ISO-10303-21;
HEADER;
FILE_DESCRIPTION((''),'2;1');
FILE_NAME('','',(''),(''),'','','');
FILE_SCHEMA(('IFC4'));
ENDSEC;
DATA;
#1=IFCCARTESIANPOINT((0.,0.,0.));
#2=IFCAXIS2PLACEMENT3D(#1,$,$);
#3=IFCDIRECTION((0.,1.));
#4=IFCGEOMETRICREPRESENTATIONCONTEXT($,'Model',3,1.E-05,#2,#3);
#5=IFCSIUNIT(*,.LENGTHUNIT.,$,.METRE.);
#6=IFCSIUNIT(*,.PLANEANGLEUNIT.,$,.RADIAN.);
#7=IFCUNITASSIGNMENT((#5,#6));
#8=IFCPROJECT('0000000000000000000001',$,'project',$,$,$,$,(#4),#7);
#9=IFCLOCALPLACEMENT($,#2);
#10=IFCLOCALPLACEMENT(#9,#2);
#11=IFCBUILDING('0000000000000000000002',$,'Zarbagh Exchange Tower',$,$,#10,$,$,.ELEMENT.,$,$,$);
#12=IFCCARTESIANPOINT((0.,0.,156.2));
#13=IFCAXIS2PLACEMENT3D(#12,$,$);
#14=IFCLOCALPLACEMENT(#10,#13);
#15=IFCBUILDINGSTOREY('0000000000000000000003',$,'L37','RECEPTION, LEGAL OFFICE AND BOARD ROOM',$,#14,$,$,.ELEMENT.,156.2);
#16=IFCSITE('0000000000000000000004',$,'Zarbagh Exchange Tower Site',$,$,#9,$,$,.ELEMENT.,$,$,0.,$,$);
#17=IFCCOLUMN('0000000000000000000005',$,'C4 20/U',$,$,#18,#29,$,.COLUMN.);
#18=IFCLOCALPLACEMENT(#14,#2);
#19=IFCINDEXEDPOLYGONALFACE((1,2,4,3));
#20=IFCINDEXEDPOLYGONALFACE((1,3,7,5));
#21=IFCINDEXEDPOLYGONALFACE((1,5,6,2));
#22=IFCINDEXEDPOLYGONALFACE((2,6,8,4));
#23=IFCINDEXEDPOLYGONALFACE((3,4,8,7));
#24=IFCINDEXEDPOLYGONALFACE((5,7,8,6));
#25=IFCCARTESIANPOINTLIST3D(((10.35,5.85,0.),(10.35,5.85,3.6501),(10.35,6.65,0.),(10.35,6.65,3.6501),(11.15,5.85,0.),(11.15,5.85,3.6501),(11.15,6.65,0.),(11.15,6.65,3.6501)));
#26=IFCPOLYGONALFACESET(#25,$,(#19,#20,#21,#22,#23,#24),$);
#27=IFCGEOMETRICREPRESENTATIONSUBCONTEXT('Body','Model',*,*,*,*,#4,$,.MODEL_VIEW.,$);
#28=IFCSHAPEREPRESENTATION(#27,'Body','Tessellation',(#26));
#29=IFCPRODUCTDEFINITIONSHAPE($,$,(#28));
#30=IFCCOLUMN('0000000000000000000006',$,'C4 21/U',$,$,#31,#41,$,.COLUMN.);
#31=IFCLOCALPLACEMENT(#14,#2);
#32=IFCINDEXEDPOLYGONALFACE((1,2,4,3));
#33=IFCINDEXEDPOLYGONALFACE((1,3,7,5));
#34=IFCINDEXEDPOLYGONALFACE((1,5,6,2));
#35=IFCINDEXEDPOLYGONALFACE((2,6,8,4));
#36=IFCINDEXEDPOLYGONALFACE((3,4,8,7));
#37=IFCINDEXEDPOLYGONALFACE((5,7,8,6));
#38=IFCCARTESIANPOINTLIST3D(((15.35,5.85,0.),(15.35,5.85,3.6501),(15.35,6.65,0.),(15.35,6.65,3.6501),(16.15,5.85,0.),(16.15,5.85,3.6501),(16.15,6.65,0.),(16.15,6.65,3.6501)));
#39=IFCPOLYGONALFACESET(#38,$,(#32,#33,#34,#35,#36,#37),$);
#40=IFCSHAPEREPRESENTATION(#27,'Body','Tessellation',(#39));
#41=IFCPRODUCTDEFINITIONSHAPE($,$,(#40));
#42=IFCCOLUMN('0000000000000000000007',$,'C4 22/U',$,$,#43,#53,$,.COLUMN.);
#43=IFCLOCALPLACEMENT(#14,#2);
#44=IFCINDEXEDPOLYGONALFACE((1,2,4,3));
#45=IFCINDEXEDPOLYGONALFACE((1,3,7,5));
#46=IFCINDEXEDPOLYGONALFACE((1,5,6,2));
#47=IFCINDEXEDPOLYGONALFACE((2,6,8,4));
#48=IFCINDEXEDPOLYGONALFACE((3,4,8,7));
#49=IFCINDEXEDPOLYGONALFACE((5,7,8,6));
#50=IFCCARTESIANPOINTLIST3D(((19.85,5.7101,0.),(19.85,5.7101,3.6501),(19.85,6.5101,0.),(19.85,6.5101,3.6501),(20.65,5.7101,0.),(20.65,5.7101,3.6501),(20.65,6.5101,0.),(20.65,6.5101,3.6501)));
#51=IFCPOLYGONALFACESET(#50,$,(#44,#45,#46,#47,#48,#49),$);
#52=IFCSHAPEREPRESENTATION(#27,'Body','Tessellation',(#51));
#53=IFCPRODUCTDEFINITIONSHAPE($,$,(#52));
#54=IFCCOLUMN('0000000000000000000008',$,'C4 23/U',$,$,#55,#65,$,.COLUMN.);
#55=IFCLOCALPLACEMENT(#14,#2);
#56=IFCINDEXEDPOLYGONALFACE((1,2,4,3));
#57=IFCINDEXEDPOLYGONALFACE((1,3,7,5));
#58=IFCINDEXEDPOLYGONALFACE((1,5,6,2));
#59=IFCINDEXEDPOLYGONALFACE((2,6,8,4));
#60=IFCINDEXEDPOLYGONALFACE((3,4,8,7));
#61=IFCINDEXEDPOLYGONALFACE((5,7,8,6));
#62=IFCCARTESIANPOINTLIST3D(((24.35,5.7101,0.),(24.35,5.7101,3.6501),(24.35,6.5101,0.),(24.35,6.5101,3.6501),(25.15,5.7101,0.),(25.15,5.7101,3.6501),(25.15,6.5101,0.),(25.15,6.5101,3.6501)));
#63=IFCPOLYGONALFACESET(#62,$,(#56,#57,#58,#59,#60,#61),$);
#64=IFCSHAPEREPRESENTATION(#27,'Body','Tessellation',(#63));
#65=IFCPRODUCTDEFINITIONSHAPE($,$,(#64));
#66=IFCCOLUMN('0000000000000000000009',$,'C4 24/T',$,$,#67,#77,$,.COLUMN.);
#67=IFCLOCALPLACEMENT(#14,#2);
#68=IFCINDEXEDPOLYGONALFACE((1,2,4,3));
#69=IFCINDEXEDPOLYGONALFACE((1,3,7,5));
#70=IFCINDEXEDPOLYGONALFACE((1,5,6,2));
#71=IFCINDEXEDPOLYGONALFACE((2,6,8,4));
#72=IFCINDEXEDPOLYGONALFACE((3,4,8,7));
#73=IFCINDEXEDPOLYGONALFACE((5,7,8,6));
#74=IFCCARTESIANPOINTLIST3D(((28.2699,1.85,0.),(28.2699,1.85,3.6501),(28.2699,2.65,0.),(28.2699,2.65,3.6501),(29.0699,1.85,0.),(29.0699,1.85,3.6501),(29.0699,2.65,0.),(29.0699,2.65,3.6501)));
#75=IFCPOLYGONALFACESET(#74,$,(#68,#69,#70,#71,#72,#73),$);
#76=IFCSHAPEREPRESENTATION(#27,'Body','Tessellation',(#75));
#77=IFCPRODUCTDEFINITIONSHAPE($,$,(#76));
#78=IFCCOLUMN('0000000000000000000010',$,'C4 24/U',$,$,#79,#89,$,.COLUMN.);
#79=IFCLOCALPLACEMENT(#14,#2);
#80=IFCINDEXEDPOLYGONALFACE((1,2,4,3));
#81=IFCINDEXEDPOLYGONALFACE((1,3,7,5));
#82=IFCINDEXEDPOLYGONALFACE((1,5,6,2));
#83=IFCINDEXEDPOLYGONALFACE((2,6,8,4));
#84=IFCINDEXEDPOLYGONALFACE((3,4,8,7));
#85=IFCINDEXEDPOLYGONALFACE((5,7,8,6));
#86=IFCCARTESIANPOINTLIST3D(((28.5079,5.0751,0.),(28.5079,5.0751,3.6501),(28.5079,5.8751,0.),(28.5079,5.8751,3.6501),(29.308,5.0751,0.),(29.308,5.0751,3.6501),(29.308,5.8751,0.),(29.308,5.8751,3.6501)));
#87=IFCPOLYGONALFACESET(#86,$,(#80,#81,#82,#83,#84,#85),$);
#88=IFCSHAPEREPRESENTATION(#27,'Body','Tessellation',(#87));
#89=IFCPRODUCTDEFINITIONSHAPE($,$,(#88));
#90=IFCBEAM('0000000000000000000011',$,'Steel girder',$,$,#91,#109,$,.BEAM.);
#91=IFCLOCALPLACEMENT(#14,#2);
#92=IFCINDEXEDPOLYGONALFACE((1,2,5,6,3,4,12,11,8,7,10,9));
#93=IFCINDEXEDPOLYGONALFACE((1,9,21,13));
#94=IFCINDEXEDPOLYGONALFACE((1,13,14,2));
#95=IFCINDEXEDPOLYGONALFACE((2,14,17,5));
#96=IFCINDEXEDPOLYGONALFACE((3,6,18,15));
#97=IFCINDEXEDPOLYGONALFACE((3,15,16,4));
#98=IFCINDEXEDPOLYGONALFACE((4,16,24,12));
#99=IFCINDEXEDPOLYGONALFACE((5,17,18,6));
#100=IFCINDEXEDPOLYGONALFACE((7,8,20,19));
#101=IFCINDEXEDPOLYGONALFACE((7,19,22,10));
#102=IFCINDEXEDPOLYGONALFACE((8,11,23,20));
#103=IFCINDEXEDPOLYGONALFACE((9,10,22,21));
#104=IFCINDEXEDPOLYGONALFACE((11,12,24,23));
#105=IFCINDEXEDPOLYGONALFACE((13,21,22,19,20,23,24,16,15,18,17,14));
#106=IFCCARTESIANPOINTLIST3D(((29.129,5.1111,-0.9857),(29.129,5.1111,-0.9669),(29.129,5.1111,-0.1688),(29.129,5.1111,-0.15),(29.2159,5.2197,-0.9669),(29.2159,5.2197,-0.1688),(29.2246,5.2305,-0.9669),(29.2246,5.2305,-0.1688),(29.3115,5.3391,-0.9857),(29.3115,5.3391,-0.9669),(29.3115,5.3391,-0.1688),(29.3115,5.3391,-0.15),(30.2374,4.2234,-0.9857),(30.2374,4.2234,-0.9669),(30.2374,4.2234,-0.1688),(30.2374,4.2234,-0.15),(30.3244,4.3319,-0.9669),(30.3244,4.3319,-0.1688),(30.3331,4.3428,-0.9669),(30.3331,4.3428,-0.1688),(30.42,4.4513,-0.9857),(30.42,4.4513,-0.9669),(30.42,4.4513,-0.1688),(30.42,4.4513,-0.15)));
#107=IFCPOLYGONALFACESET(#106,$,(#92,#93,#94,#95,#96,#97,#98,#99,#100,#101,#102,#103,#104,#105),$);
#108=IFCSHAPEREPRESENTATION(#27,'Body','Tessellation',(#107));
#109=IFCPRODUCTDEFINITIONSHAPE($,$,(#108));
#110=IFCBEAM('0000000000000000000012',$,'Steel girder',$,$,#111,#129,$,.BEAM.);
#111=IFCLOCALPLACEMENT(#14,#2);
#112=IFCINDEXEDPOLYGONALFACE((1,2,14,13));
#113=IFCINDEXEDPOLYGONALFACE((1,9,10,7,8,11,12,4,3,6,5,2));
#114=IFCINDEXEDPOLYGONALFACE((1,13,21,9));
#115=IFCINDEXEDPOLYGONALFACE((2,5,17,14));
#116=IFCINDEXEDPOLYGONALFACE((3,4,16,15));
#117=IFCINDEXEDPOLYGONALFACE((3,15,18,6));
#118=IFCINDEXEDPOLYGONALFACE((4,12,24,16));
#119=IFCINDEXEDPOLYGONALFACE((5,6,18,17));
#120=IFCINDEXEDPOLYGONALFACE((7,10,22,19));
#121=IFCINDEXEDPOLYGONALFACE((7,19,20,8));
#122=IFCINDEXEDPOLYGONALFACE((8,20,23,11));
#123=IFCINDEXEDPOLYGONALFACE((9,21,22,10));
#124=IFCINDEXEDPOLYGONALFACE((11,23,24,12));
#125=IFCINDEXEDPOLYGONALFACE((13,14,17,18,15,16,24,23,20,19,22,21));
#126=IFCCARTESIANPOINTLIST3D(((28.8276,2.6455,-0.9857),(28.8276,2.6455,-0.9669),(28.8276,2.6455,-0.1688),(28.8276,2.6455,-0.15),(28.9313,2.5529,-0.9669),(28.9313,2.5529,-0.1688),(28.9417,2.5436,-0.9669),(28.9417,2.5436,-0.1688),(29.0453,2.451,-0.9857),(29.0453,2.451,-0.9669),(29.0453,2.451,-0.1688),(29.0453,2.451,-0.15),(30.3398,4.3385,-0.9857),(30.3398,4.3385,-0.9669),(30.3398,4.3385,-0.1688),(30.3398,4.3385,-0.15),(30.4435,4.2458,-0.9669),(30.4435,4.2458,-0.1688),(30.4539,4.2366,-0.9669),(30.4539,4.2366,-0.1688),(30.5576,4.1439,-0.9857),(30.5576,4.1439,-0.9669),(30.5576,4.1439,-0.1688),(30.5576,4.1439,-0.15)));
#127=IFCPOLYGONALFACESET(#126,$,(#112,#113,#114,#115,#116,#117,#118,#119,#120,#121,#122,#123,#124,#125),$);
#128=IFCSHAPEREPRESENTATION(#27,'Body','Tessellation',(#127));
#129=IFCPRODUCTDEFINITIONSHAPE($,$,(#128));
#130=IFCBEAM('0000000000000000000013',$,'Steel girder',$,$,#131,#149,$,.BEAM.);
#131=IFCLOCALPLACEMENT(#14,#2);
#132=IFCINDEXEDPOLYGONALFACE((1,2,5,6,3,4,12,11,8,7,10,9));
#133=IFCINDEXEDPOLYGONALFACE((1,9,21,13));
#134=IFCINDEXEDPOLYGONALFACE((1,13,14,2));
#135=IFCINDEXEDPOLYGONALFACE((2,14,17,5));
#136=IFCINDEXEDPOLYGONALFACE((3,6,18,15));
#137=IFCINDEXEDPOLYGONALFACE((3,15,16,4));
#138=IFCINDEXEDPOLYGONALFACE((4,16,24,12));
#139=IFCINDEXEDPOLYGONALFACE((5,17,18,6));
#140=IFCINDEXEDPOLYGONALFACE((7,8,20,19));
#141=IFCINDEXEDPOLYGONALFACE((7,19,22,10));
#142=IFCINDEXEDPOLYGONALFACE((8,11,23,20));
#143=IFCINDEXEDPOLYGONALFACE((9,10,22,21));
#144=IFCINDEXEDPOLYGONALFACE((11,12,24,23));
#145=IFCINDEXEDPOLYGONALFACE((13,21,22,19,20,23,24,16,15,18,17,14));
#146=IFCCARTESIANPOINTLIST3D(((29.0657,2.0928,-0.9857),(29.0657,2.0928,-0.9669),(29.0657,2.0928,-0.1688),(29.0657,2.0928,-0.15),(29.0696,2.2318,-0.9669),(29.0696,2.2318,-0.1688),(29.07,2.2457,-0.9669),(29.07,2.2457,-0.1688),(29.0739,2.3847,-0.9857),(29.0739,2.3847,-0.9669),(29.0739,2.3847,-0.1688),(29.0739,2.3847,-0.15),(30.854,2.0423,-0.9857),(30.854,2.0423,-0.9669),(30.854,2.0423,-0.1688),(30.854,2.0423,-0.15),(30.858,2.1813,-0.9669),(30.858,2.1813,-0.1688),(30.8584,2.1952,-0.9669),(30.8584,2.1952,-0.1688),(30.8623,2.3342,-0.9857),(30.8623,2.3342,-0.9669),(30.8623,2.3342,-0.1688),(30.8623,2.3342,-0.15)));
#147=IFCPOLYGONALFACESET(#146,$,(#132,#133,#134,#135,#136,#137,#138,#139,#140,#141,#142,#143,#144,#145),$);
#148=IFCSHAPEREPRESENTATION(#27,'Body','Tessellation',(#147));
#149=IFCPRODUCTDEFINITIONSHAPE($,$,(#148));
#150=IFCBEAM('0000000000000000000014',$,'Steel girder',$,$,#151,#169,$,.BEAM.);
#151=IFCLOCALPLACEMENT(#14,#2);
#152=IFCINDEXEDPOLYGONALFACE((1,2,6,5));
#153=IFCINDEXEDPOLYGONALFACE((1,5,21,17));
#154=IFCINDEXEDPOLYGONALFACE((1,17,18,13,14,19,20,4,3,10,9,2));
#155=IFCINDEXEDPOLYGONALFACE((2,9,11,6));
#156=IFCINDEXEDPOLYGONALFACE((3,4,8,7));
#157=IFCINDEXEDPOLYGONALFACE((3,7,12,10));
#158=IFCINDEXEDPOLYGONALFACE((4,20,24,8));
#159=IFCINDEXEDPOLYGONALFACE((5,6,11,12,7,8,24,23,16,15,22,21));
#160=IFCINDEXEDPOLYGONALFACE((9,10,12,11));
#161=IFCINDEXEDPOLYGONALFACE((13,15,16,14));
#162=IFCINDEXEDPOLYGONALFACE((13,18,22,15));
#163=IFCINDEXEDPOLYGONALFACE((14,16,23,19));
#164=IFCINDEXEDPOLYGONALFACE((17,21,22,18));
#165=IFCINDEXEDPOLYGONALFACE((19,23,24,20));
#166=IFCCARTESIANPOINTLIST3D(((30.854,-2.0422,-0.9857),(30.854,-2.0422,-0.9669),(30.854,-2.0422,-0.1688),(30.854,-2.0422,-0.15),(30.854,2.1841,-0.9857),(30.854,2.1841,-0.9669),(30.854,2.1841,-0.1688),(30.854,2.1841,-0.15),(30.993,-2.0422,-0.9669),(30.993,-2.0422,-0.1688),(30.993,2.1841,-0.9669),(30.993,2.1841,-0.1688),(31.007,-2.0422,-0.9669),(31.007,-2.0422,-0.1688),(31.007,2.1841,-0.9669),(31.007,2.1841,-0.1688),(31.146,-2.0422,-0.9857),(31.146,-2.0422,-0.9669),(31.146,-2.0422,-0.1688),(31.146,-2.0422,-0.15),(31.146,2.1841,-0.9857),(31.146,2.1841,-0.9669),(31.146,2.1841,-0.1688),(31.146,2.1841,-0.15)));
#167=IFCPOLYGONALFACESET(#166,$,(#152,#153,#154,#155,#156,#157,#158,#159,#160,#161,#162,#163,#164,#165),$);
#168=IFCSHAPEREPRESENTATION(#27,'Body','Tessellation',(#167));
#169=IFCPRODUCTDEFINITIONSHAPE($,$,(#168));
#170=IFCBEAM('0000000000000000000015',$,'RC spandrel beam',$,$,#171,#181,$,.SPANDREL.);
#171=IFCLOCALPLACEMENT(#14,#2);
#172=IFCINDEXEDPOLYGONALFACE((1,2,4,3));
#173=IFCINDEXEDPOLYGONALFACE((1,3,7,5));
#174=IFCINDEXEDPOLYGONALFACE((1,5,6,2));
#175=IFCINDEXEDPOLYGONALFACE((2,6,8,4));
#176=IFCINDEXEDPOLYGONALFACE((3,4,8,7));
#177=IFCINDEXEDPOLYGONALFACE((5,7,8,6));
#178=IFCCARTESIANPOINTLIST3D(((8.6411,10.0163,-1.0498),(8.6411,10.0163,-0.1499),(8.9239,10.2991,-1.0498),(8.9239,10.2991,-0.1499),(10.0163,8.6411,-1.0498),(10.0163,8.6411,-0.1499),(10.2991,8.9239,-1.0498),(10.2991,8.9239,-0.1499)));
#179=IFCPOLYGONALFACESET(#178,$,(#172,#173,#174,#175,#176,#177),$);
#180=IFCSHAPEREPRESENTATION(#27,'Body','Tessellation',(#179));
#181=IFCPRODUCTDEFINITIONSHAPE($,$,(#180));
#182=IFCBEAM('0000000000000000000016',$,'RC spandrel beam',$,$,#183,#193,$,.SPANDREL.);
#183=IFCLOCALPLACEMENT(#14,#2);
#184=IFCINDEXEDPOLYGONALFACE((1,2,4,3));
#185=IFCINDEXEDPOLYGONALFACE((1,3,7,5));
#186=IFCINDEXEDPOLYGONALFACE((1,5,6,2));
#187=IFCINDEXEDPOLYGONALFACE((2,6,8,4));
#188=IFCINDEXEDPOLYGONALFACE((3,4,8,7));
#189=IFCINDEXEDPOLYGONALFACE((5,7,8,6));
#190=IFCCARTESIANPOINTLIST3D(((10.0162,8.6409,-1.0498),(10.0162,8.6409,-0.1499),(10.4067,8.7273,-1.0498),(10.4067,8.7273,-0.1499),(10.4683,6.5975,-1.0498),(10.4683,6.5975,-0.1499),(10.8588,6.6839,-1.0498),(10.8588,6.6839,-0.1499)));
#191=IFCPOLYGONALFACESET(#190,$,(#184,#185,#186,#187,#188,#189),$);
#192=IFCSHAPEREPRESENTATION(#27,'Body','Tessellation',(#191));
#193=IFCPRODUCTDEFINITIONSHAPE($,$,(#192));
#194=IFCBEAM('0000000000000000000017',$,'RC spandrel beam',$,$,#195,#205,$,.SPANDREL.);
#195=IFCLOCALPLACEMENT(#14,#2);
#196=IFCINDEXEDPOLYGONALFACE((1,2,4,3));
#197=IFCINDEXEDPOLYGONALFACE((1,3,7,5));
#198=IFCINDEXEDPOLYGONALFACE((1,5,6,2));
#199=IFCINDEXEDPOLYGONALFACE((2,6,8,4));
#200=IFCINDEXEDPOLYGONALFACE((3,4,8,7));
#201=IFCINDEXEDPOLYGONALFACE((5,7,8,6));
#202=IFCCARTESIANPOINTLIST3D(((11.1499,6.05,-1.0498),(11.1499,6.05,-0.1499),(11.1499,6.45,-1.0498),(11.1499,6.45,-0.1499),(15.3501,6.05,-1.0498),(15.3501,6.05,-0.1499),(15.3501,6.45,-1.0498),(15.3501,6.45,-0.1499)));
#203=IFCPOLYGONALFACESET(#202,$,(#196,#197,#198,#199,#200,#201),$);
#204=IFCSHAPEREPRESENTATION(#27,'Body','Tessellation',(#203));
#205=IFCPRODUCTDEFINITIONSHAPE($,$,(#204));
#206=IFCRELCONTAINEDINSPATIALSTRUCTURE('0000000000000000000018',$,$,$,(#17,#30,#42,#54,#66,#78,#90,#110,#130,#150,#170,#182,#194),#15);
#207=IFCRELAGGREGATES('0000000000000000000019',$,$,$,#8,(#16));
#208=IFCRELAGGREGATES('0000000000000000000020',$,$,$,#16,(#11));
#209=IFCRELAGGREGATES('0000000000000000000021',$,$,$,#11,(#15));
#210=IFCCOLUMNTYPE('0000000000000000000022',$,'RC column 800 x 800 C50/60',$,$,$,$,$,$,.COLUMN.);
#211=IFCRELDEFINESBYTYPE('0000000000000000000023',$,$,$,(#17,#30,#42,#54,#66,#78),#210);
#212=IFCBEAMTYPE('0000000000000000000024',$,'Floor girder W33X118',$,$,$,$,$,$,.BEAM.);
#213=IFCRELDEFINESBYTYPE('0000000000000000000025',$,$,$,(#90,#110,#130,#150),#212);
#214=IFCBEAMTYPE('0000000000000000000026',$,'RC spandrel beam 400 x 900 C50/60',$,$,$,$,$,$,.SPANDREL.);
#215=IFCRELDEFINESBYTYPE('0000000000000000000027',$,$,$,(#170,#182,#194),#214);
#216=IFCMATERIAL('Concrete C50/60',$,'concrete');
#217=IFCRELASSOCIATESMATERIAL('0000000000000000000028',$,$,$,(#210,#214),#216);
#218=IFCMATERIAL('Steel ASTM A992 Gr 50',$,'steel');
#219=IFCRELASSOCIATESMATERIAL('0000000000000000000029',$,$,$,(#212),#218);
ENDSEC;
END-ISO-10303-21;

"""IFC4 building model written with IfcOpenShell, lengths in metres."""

from ifc_helpers import new_model, si_unit, direction, frame, origin, origin_2d, place, context, subcontext, project, spatial, rectangle, i_section, extrude, material, material_profile, profile_set, type_object, element, save


model = new_model("IFC4")

# Units and contexts
model_context = context("Model", 3, precision=1e-05, world=origin(), true_north=direction((0.0, 1.0)))
body_context = subcontext(model_context, "Body", "Model", "MODEL_VIEW")
ifc_project = project(units=[si_unit("LENGTHUNIT", "METRE"), si_unit("PLANEANGLEUNIT", "RADIAN")], contexts=[model_context])

# Site, building, storey
site_placement = place(None, origin())
site = spatial("IfcSite", under=ifc_project, at=site_placement, Name="Zarbagh Exchange Tower Site", CompositionType="ELEMENT", RefElevation=0.0)
building_placement = place(site_placement, origin())
building = spatial("IfcBuilding", under=site, at=building_placement, Name="Zarbagh Exchange Tower", CompositionType="ELEMENT")
storey_placement = place(building_placement, frame((0.0, 0.0, 156.2)))
storey = spatial("IfcBuildingStorey", under=building, at=storey_placement, Name="L37", Description="RECEPTION, LEGAL OFFICE AND BOARD ROOM", CompositionType="ELEMENT", Elevation=156.2)

# Columns
ifc_material_1 = material(Name="Concrete C50/60", Category="concrete")
ifc_material_profile_1 = material_profile(ifc_material_1, rectangle(XDim=0.8, YDim=0.8, at=origin_2d()), Name="RC column 800 x 800 C50/60")
ifc_profile_set_1 = profile_set([ifc_material_profile_1], Name="Concrete C50/60")
column_type = type_object("IfcColumnType", Name="RC column 800 x 800 C50/60", PredefinedType="COLUMN", material=ifc_profile_set_1)
for number, where, z_axis, x_axis, name in (
    (1, (10.75, 6.25, 0.0), (0.0, 0.0, 1.0), (1.0, 0.0, 0.0), "C4 20/U"),
    (2, (15.75, 6.25, 0.0), (0.0, 0.0, 1.0), (1.0, 0.0, 0.0), "C4 21/U"),
    (3, (20.25, 6.1101, 0.0), (0.0, 0.0, 1.0), (1.0, 0.0, 0.0), "C4 22/U"),
    (4, (24.75, 6.1101, 0.0), (0.0, 0.0, 1.0), (1.0, 0.0, 0.0), "C4 23/U"),
    (5, (28.6699, 2.25, 0.0), (0.0, 0.0, 1.0), (1.0, 0.0, 0.0), "C4 24/T"),
    (6, (28.908, 5.4751, 0.0), (0.0, 0.0, 1.0), (1.0, 0.0, 0.0), "C4 24/U"),
):
    element("IfcColumn", number, at=place(storey_placement, frame(where, z_axis=z_axis, x_axis=x_axis)), inside=storey, type_object=column_type, Name=name, PredefinedType="COLUMN", context=body_context, shape_type="SweptSolid", body=[
        extrude(rectangle(XDim=0.8, YDim=0.8, at=origin_2d()), origin(), (0.0, 0.0, 1.0), 3.6501),
    ])

# Beams
ifc_material_2 = material(Name="Steel ASTM A992 Gr 50", Category="steel")
ifc_material_profile_2 = material_profile(ifc_material_2, i_section(OverallWidth=0.292, OverallDepth=0.8357, WebThickness=0.0139, FlangeThickness=0.0188, at=origin_2d()), Name="W33X118")
ifc_profile_set_2 = profile_set([ifc_material_profile_2], Name="Steel ASTM A992 Gr 50")
beam_type_1 = type_object("IfcBeamType", Name="Floor girder W33X118", PredefinedType="BEAM", material=ifc_profile_set_2)
beam_1_placement = place(storey_placement, frame((29.2202, 5.2251, -0.5679), z_axis=(0.780533, -0.625114, 0.0), x_axis=(0.625114, 0.780533, 0.0)))
element("IfcBeam", 7, at=beam_1_placement, inside=storey, type_object=beam_type_1, Name="Steel girder", PredefinedType="BEAM", context=body_context, shape_type="SweptSolid", body=[
    extrude(i_section(OverallWidth=0.292, OverallDepth=0.8357, WebThickness=0.0139, FlangeThickness=0.0188, at=origin_2d()), origin(), (0.0, 0.0, 1.0), 1.4202),
])
beam_2_placement = place(storey_placement, frame((30.4487, 4.2412, -0.5679), z_axis=(-0.666191, -0.745781, 0.0), x_axis=(0.745781, -0.666191, 0.0)))
element("IfcBeam", 8, at=beam_2_placement, inside=storey, type_object=beam_type_1, Name="Steel girder", PredefinedType="BEAM", context=body_context, shape_type="SweptSolid", body=[
    extrude(i_section(OverallWidth=0.292, OverallDepth=0.8357, WebThickness=0.0139, FlangeThickness=0.0188, at=origin_2d()), origin(), (0.0, 0.0, 1.0), 2.27),
])
beam_3_placement = place(storey_placement, frame((29.0698, 2.2388, -0.5679), z_axis=(0.999601, -0.028248, 0.0), x_axis=(0.028248, 0.999601, 0.0)))
element("IfcBeam", 9, at=beam_3_placement, inside=storey, type_object=beam_type_1, Name="Steel girder", PredefinedType="BEAM", context=body_context, shape_type="SweptSolid", body=[
    extrude(i_section(OverallWidth=0.292, OverallDepth=0.8357, WebThickness=0.0139, FlangeThickness=0.0188, at=origin_2d()), origin(), (0.0, 0.0, 1.0), 1.7891),
])
beam_4_placement = place(storey_placement, frame((31.0, 2.1841, -0.5679), z_axis=(0.0, -1.0, 0.0), x_axis=(1.0, 0.0, 0.0)))
element("IfcBeam", 10, at=beam_4_placement, inside=storey, type_object=beam_type_1, Name="Steel girder", PredefinedType="BEAM", context=body_context, shape_type="SweptSolid", body=[
    extrude(i_section(OverallWidth=0.292, OverallDepth=0.8357, WebThickness=0.0139, FlangeThickness=0.0188, at=origin_2d()), origin(), (0.0, 0.0, 1.0), 4.2263),
])
ifc_material_profile_3 = material_profile(ifc_material_1, rectangle(XDim=0.3999, YDim=0.8999, at=origin_2d()), Name="RC spandrel beam 400 x 900 C50/60")
ifc_profile_set_3 = profile_set([ifc_material_profile_3], Name="Concrete C50/60")
beam_type_2 = type_object("IfcBeamType", Name="RC spandrel beam 400 x 900 C50/60", PredefinedType="SPANDREL", material=ifc_profile_set_3)
beam_5_placement = place(storey_placement, frame((8.7825, 10.1577, -0.5999), z_axis=(0.707107, -0.707107, 0.0), x_axis=(0.707107, 0.707107, 0.0)))
element("IfcBeam", 11, at=beam_5_placement, inside=storey, type_object=beam_type_2, Name="RC spandrel beam", PredefinedType="SPANDREL", context=body_context, shape_type="SweptSolid", body=[
    extrude(rectangle(XDim=0.3999, YDim=0.8999, at=origin_2d()), origin(), (0.0, 0.0, 1.0), 1.9448),
])
beam_6_placement = place(storey_placement, frame((10.2114, 8.6841, -0.5999), z_axis=(0.216041, -0.976384, 0.0), x_axis=(0.976384, 0.216041, 0.0)))
element("IfcBeam", 12, at=beam_6_placement, inside=storey, type_object=beam_type_2, Name="RC spandrel beam", PredefinedType="SPANDREL", context=body_context, shape_type="SweptSolid", body=[
    extrude(rectangle(XDim=0.3999, YDim=0.8999, at=origin_2d()), origin(), (0.0, 0.0, 1.0), 2.0928),
])
beam_7_placement = place(storey_placement, frame((11.1499, 6.25, -0.5999), z_axis=(1.0, 0.0, 0.0), x_axis=(0.0, 1.0, 0.0)))
element("IfcBeam", 13, at=beam_7_placement, inside=storey, type_object=beam_type_2, Name="RC spandrel beam", PredefinedType="SPANDREL", context=body_context, shape_type="SweptSolid", body=[
    extrude(rectangle(XDim=0.3999, YDim=0.8999, at=origin_2d()), origin(), (0.0, 0.0, 1.0), 4.2002),
])

save(model, "model.ifc")
